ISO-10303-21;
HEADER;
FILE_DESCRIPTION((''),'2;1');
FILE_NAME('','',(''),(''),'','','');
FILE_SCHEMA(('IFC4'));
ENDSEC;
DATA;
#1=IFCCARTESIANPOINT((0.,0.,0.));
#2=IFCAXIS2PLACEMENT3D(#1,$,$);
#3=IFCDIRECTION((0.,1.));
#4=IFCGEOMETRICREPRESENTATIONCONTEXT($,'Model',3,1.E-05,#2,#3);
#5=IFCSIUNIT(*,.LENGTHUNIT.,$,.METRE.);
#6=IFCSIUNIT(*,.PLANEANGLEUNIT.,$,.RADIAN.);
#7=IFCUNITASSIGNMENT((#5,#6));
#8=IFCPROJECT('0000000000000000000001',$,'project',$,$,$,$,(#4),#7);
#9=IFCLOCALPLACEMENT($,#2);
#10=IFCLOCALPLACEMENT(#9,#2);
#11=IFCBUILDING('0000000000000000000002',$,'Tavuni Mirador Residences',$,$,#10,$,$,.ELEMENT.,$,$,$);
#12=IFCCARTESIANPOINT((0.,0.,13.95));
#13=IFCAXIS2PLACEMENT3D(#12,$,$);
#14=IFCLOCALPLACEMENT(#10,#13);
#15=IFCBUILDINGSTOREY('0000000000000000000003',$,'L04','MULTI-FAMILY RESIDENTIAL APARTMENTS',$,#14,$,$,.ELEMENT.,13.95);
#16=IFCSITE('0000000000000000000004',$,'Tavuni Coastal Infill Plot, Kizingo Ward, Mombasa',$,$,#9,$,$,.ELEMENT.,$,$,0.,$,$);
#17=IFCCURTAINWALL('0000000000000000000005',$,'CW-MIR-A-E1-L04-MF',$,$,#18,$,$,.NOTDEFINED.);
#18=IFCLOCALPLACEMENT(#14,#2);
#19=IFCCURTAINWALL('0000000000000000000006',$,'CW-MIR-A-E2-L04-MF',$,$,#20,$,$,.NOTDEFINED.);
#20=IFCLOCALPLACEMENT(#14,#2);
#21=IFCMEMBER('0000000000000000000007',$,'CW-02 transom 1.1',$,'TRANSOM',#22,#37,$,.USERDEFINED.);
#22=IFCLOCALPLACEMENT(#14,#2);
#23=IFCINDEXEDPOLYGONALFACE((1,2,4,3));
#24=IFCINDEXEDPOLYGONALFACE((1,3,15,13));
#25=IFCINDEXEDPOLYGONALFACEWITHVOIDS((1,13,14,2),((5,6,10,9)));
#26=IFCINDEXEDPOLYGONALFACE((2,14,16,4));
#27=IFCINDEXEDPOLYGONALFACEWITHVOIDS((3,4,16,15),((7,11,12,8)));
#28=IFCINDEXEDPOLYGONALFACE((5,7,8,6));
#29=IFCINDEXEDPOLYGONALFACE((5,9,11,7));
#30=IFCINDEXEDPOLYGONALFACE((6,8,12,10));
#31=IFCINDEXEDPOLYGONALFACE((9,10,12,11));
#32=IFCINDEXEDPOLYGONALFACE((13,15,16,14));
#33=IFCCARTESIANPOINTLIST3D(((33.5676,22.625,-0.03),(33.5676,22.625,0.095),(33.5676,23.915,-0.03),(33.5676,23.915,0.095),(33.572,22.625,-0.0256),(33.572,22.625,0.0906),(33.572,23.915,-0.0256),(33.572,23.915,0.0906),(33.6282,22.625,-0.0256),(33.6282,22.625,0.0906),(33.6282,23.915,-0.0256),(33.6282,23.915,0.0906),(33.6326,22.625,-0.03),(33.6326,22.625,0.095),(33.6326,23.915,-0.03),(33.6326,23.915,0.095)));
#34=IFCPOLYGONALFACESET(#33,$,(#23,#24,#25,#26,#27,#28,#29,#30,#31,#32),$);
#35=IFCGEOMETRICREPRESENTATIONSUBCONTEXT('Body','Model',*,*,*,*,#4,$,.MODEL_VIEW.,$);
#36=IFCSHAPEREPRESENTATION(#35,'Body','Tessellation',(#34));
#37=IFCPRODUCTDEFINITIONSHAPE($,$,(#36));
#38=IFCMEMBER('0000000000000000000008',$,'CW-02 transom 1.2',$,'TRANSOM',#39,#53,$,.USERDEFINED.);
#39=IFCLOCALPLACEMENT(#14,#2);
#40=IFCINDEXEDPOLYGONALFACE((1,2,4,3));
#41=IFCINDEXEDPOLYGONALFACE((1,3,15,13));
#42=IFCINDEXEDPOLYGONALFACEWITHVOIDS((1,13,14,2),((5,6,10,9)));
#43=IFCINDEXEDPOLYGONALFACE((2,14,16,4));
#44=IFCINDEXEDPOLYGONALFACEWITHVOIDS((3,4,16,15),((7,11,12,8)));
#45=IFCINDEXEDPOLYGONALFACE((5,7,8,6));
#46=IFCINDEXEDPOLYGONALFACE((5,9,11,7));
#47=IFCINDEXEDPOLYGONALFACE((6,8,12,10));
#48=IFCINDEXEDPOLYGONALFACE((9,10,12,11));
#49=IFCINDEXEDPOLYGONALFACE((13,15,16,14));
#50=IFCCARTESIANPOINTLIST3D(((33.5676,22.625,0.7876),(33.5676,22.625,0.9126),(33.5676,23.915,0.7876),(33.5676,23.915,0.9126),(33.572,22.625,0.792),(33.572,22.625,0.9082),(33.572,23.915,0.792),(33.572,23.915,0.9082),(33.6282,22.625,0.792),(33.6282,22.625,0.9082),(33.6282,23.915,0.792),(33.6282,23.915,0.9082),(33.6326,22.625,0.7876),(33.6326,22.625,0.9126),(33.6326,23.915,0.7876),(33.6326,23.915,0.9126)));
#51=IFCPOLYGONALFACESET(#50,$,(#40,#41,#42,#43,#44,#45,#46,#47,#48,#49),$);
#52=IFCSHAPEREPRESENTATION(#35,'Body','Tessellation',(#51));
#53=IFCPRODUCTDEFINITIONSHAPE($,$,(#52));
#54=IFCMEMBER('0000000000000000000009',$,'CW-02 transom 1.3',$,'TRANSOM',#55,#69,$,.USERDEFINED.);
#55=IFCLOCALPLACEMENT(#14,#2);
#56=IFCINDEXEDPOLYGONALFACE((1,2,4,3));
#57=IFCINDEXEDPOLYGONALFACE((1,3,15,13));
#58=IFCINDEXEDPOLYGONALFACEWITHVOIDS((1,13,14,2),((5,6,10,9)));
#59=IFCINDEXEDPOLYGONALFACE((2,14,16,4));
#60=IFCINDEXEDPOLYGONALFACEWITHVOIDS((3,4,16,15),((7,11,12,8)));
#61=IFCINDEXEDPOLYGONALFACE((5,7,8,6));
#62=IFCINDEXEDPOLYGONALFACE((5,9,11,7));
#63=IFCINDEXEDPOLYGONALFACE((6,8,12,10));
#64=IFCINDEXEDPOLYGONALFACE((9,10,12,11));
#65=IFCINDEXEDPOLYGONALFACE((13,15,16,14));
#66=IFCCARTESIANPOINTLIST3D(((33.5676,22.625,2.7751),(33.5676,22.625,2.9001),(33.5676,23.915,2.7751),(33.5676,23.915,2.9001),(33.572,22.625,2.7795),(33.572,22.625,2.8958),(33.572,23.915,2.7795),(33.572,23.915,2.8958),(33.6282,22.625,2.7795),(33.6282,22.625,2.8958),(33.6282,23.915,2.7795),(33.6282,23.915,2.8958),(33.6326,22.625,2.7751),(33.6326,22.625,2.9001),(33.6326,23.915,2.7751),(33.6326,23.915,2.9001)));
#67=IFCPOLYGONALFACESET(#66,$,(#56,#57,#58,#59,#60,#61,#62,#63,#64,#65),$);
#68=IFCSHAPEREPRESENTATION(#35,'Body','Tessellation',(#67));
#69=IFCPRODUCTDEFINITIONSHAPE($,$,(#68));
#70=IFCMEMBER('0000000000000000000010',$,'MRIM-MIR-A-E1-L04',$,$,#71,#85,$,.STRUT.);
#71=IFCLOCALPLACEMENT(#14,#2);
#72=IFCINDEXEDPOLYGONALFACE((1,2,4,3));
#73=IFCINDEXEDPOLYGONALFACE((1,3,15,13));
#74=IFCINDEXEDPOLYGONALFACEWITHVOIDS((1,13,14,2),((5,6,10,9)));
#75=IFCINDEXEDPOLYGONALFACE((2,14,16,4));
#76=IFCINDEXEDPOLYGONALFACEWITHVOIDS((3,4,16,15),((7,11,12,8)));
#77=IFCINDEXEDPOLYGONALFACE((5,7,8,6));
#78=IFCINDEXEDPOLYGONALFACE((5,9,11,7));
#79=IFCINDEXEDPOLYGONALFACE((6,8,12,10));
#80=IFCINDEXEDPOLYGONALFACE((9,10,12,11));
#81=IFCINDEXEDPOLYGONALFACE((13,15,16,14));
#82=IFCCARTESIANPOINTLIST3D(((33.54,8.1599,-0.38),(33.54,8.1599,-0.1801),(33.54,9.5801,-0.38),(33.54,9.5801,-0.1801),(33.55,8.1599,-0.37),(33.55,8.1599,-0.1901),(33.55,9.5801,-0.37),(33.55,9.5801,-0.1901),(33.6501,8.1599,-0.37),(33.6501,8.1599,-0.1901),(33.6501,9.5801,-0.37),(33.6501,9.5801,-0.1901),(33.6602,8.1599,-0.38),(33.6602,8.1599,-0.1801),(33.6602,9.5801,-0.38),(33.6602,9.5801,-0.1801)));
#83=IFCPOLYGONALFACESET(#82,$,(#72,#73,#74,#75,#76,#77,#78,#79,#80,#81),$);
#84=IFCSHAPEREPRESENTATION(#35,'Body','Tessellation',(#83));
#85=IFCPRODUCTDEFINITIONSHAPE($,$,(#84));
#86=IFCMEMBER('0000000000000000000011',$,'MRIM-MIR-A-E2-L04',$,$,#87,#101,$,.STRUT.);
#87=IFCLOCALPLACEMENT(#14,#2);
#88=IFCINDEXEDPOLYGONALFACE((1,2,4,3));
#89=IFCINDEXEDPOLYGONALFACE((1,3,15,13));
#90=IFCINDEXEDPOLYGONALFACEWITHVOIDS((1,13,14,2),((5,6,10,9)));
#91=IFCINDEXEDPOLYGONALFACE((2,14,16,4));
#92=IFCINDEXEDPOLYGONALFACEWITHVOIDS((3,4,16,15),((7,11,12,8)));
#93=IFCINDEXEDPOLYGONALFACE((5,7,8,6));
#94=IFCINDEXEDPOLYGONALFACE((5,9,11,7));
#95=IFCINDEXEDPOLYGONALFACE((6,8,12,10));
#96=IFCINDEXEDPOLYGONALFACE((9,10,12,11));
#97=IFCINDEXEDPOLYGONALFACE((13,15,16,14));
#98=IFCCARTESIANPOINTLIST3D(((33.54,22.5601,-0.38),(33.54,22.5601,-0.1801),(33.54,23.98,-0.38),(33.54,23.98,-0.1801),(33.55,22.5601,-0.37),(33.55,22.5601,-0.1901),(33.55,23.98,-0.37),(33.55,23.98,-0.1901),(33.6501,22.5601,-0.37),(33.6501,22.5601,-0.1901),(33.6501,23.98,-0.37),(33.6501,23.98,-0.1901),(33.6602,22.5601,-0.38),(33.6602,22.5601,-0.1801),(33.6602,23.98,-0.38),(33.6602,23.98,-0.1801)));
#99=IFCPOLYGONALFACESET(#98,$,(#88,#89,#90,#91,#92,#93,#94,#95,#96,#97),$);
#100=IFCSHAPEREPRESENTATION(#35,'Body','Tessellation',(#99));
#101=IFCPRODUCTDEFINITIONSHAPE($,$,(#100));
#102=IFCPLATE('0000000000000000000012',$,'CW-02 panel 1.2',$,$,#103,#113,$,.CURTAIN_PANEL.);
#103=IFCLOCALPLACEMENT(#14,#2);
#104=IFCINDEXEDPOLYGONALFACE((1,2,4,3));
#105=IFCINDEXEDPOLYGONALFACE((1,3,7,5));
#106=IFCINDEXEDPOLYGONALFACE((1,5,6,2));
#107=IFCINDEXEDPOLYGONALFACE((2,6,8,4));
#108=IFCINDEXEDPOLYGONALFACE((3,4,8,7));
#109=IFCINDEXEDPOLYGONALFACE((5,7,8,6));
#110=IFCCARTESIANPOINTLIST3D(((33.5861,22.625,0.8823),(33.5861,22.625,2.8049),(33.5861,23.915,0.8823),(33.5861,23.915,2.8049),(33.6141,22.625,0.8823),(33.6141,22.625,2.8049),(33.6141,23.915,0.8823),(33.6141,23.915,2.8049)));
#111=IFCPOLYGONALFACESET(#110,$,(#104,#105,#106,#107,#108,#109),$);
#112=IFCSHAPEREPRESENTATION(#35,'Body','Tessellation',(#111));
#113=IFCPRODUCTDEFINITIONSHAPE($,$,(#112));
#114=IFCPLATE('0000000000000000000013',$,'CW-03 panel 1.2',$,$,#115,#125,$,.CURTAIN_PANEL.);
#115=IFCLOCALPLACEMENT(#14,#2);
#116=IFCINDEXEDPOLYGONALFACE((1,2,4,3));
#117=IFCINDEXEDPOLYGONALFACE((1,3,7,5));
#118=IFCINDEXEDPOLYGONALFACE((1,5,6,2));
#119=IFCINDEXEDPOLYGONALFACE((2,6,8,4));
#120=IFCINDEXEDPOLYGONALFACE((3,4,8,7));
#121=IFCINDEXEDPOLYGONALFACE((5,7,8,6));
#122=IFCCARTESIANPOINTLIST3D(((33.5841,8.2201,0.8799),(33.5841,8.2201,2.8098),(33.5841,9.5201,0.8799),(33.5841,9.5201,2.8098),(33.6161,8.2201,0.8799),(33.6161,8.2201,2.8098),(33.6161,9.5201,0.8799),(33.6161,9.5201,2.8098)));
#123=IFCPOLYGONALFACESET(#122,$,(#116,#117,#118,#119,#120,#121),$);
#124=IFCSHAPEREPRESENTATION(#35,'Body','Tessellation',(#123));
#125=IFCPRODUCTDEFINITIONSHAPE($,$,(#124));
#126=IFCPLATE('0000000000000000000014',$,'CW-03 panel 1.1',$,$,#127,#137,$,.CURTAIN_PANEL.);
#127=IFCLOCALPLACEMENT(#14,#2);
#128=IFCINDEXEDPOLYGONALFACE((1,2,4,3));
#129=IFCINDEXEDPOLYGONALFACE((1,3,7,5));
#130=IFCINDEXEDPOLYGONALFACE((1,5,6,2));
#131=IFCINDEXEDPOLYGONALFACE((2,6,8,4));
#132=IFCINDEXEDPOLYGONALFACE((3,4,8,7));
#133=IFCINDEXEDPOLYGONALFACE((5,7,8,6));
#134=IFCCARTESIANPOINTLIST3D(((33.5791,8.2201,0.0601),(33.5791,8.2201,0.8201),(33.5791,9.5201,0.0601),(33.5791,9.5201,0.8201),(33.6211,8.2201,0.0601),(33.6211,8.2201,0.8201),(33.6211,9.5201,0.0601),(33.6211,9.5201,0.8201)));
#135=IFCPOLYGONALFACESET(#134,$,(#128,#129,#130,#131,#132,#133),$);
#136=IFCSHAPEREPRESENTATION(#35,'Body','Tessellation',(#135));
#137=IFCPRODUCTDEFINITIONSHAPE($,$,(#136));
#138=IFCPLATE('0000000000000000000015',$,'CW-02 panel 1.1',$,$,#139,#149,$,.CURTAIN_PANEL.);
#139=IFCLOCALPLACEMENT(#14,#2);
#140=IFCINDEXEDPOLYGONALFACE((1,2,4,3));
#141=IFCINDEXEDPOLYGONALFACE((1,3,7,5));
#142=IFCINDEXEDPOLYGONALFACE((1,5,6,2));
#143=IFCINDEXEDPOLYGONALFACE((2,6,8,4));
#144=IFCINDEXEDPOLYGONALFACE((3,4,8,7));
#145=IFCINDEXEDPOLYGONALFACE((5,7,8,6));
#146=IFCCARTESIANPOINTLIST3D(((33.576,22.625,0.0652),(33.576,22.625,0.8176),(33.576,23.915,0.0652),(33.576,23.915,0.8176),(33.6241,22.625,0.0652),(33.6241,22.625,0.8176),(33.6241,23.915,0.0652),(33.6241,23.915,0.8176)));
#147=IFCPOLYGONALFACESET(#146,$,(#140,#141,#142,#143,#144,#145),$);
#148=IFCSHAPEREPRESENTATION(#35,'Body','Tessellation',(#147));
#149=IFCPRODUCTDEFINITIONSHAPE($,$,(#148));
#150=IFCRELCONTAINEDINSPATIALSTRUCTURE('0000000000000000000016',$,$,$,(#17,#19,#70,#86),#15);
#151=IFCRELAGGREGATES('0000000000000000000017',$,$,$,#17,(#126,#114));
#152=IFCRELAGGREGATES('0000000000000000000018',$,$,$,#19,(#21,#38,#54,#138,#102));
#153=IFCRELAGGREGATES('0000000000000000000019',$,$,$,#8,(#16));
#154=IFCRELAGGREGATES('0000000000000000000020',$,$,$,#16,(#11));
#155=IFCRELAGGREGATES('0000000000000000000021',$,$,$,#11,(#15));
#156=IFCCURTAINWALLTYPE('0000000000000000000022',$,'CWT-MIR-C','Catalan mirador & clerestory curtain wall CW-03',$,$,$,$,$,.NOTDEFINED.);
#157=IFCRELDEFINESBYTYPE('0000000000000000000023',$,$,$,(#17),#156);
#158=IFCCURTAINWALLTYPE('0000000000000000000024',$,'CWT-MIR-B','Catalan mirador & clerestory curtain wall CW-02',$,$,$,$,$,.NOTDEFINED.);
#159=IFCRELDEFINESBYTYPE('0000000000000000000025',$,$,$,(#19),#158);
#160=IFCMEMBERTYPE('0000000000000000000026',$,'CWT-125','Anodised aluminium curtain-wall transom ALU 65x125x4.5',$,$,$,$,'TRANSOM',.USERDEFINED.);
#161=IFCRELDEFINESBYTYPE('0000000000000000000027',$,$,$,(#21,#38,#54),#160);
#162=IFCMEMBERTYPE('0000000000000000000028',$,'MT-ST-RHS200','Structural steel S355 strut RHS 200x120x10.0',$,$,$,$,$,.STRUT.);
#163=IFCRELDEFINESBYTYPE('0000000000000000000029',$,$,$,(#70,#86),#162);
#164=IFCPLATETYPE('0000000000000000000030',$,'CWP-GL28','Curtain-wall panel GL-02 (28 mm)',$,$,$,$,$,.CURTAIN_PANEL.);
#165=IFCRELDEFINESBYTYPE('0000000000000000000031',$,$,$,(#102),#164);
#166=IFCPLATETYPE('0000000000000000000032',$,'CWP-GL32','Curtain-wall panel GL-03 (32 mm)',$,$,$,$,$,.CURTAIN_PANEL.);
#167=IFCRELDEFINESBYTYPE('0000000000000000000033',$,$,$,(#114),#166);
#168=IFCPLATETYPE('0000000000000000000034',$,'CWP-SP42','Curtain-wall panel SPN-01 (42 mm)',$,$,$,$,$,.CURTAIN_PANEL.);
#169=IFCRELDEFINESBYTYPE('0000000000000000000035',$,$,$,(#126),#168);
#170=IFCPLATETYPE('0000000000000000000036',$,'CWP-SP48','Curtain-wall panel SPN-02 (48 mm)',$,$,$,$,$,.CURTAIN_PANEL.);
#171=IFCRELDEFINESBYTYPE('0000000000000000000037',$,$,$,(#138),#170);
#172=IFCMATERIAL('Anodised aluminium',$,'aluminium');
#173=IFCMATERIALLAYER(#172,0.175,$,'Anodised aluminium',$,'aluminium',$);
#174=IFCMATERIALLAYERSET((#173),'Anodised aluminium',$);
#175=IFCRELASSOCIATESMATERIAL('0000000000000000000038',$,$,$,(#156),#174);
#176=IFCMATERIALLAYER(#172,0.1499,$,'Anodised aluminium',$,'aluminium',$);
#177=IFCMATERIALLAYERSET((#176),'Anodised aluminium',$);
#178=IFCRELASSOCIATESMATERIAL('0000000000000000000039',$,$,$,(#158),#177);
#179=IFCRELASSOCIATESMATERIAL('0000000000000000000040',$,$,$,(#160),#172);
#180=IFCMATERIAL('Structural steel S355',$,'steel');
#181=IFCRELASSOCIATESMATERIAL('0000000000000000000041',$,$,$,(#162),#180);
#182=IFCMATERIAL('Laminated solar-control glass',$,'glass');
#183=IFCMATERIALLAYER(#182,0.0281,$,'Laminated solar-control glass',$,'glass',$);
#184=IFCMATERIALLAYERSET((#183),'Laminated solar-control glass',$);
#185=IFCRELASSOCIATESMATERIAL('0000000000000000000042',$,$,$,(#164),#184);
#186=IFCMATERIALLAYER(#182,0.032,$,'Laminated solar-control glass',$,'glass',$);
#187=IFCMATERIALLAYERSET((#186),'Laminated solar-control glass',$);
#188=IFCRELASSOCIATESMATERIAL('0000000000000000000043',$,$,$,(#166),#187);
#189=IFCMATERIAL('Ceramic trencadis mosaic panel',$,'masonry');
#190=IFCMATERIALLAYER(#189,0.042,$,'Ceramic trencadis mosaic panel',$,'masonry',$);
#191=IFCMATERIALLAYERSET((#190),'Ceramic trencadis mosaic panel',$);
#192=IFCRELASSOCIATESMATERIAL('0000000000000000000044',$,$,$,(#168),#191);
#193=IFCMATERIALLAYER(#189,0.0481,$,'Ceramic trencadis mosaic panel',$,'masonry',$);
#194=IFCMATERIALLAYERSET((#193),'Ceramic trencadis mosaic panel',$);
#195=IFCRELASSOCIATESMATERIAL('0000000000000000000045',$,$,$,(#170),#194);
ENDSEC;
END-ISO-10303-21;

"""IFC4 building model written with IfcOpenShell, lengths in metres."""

from ifc_helpers import new_model, si_unit, direction, frame, origin, origin_2d, place, context, subcontext, project, spatial, rectangle, hollow_rectangle, extrude, material, layer, layer_set, material_profile, profile_set, type_object, element, aggregate, save


model = new_model("IFC4")

# Units and contexts
model_context = context("Model", 3, precision=1e-05, world=origin(), true_north=direction((0.0, 1.0)))
body_context = subcontext(model_context, "Body", "Model", "MODEL_VIEW")
ifc_project = project(units=[si_unit("LENGTHUNIT", "METRE"), si_unit("PLANEANGLEUNIT", "RADIAN")], contexts=[model_context])

# Site, building, storey
site_placement = place(None, origin())
site = spatial("IfcSite", under=ifc_project, at=site_placement, Name="Tavuni Coastal Infill Plot, Kizingo Ward, Mombasa", CompositionType="ELEMENT", RefElevation=0.0)
building_placement = place(site_placement, origin())
building = spatial("IfcBuilding", under=site, at=building_placement, Name="Tavuni Mirador Residences", CompositionType="ELEMENT")
storey_placement = place(building_placement, frame((0.0, 0.0, 13.95)))
storey = spatial("IfcBuildingStorey", under=building, at=storey_placement, Name="L04", Description="MULTI-FAMILY RESIDENTIAL APARTMENTS", CompositionType="ELEMENT", Elevation=13.95)

# Curtain wall
ifc_material_1 = material(Name="Anodised aluminium", Category="aluminium")
ifc_layer_1 = layer(ifc_material_1, 0.175, Name="Anodised aluminium", Category="aluminium")
ifc_layer_set_1 = layer_set([ifc_layer_1], Name="Anodised aluminium")
curtain_wall_type_1 = type_object("IfcCurtainWallType", Name="CWT-MIR-C", Description="Catalan mirador & clerestory curtain wall CW-03", PredefinedType="NOTDEFINED", material=ifc_layer_set_1)
curtain_wall_1_placement = place(storey_placement, origin())
curtain_wall_1 = element("IfcCurtainWall", 1, at=curtain_wall_1_placement, inside=storey, type_object=curtain_wall_type_1, Name="CW-MIR-A-E1-L04-MF", PredefinedType="NOTDEFINED")

# Curtain wall
ifc_layer_2 = layer(ifc_material_1, 0.1499, Name="Anodised aluminium", Category="aluminium")
ifc_layer_set_2 = layer_set([ifc_layer_2], Name="Anodised aluminium")
curtain_wall_type_2 = type_object("IfcCurtainWallType", Name="CWT-MIR-B", Description="Catalan mirador & clerestory curtain wall CW-02", PredefinedType="NOTDEFINED", material=ifc_layer_set_2)
curtain_wall_2_placement = place(storey_placement, origin())
curtain_wall_2 = element("IfcCurtainWall", 2, at=curtain_wall_2_placement, inside=storey, type_object=curtain_wall_type_2, Name="CW-MIR-A-E2-L04-MF", PredefinedType="NOTDEFINED")

# Members
ifc_material_profile_1 = material_profile(ifc_material_1, hollow_rectangle(XDim=0.0649, YDim=0.125, WallThickness=0.0044, at=origin_2d()), Name="ALU 65x125x4.5", Category="aluminium")
ifc_profile_set_1 = profile_set([ifc_material_profile_1], Name="Anodised aluminium")
member_type_1 = type_object("IfcMemberType", Name="CWT-125", Description="Anodised aluminium curtain-wall transom ALU 65x125x4.5", ElementType="TRANSOM", PredefinedType="USERDEFINED", material=ifc_profile_set_1)
member_1_placement = place(storey_placement, frame((33.6001, 22.625, 0.0325), z_axis=(0.0, 1.0, 0.0), x_axis=(-1.0, 0.0, 0.0)))
member_1 = element("IfcMember", 3, at=member_1_placement, type_object=member_type_1, Name="CW-02 transom 1.1", ObjectType="TRANSOM", PredefinedType="USERDEFINED", context=body_context, shape_type="SweptSolid", body=[
    extrude(hollow_rectangle(XDim=0.0649, YDim=0.125, WallThickness=0.0044, at=origin_2d()), origin(), (0.0, 0.0, 1.0), 1.29),
])
member_2_placement = place(storey_placement, frame((33.6001, 22.625, 0.8501), z_axis=(0.0, 1.0, 0.0), x_axis=(-1.0, 0.0, 0.0)))
member_2 = element("IfcMember", 4, at=member_2_placement, type_object=member_type_1, Name="CW-02 transom 1.2", ObjectType="TRANSOM", PredefinedType="USERDEFINED", context=body_context, shape_type="SweptSolid", body=[
    extrude(hollow_rectangle(XDim=0.0649, YDim=0.125, WallThickness=0.0044, at=origin_2d()), origin(), (0.0, 0.0, 1.0), 1.29),
])
member_3_placement = place(storey_placement, frame((33.6001, 22.625, 2.8376), z_axis=(0.0, 1.0, 0.0), x_axis=(-1.0, 0.0, 0.0)))
member_3 = element("IfcMember", 5, at=member_3_placement, type_object=member_type_1, Name="CW-02 transom 1.3", ObjectType="TRANSOM", PredefinedType="USERDEFINED", context=body_context, shape_type="SweptSolid", body=[
    extrude(hollow_rectangle(XDim=0.0649, YDim=0.125, WallThickness=0.0044, at=origin_2d()), origin(), (0.0, 0.0, 1.0), 1.29),
])

# Members
ifc_material_2 = material(Name="Structural steel S355", Category="steel")
ifc_material_profile_2 = material_profile(ifc_material_2, hollow_rectangle(XDim=0.1201, YDim=0.2, WallThickness=0.01, at=origin_2d()), Name="RHS 200x120x10.0", Category="steel")
ifc_profile_set_2 = profile_set([ifc_material_profile_2], Name="Structural steel S355")
member_type_2 = type_object("IfcMemberType", Name="MT-ST-RHS200", Description="Structural steel S355 strut RHS 200x120x10.0", PredefinedType="STRUT", material=ifc_profile_set_2)
member_4_placement = place(storey_placement, frame((33.6001, 8.1599, -0.28), z_axis=(0.0, 1.0, 0.0), x_axis=(-1.0, 0.0, 0.0)))
element("IfcMember", 6, at=member_4_placement, inside=storey, type_object=member_type_2, Name="MRIM-MIR-A-E1-L04", PredefinedType="STRUT", context=body_context, shape_type="SweptSolid", body=[
    extrude(hollow_rectangle(XDim=0.1201, YDim=0.2, WallThickness=0.01, at=origin_2d()), origin(), (0.0, 0.0, 1.0), 1.4202),
])
member_5_placement = place(storey_placement, frame((33.6001, 22.5601, -0.28), z_axis=(0.0, 1.0, 0.0), x_axis=(-1.0, 0.0, 0.0)))
element("IfcMember", 7, at=member_5_placement, inside=storey, type_object=member_type_2, Name="MRIM-MIR-A-E2-L04", PredefinedType="STRUT", context=body_context, shape_type="SweptSolid", body=[
    extrude(hollow_rectangle(XDim=0.1201, YDim=0.2, WallThickness=0.01, at=origin_2d()), origin(), (0.0, 0.0, 1.0), 1.4199),
])

# Plates
ifc_material_3 = material(Name="Laminated solar-control glass", Category="glass")
ifc_layer_3 = layer(ifc_material_3, 0.0281, Name="Laminated solar-control glass", Category="glass")
ifc_layer_set_3 = layer_set([ifc_layer_3], Name="Laminated solar-control glass")
plate_type_1 = type_object("IfcPlateType", Name="CWP-GL28", Description="Curtain-wall panel GL-02 (28 mm)", PredefinedType="CURTAIN_PANEL", material=ifc_layer_set_3)
plate_1_placement = place(storey_placement, frame((33.6001, 23.27, 0.8823), z_axis=(0.0, 0.0, 1.0), x_axis=(0.0, 1.0, 0.0)))
plate_1 = element("IfcPlate", 8, at=plate_1_placement, type_object=plate_type_1, Name="CW-02 panel 1.2", PredefinedType="CURTAIN_PANEL", context=body_context, shape_type="SweptSolid", body=[
    extrude(rectangle(XDim=1.29, YDim=0.0281, at=origin_2d()), origin(), (0.0, 0.0, 1.0), 1.9226),
])
ifc_layer_4 = layer(ifc_material_3, 0.032, Name="Laminated solar-control glass", Category="glass")
ifc_layer_set_4 = layer_set([ifc_layer_4], Name="Laminated solar-control glass")
plate_type_2 = type_object("IfcPlateType", Name="CWP-GL32", Description="Curtain-wall panel GL-03 (32 mm)", PredefinedType="CURTAIN_PANEL", material=ifc_layer_set_4)
plate_2_placement = place(storey_placement, frame((33.6001, 8.8701, 0.8799), z_axis=(0.0, 0.0, 1.0), x_axis=(0.0, 1.0, 0.0)))
plate_2 = element("IfcPlate", 9, at=plate_2_placement, type_object=plate_type_2, Name="CW-03 panel 1.2", PredefinedType="CURTAIN_PANEL", context=body_context, shape_type="SweptSolid", body=[
    extrude(rectangle(XDim=1.3, YDim=0.032, at=origin_2d()), origin(), (0.0, 0.0, 1.0), 1.9299),
])
ifc_material_4 = material(Name="Ceramic trencadis mosaic panel", Category="masonry")
ifc_layer_5 = layer(ifc_material_4, 0.042, Name="Ceramic trencadis mosaic panel", Category="masonry")
ifc_layer_set_5 = layer_set([ifc_layer_5], Name="Ceramic trencadis mosaic panel")
plate_type_3 = type_object("IfcPlateType", Name="CWP-SP42", Description="Curtain-wall panel SPN-01 (42 mm)", PredefinedType="CURTAIN_PANEL", material=ifc_layer_set_5)
plate_3_placement = place(storey_placement, frame((33.6001, 8.8701, 0.0601), z_axis=(0.0, 0.0, 1.0), x_axis=(0.0, 1.0, 0.0)))
plate_3 = element("IfcPlate", 10, at=plate_3_placement, type_object=plate_type_3, Name="CW-03 panel 1.1", PredefinedType="CURTAIN_PANEL", context=body_context, shape_type="SweptSolid", body=[
    extrude(rectangle(XDim=1.3, YDim=0.042, at=origin_2d()), origin(), (0.0, 0.0, 1.0), 0.76),
])
aggregate(curtain_wall_1, [plate_3, plate_2])
ifc_layer_6 = layer(ifc_material_4, 0.0481, Name="Ceramic trencadis mosaic panel", Category="masonry")
ifc_layer_set_6 = layer_set([ifc_layer_6], Name="Ceramic trencadis mosaic panel")
plate_type_4 = type_object("IfcPlateType", Name="CWP-SP48", Description="Curtain-wall panel SPN-02 (48 mm)", PredefinedType="CURTAIN_PANEL", material=ifc_layer_set_6)
plate_4_placement = place(storey_placement, frame((33.6001, 23.27, 0.0652), z_axis=(0.0, 0.0, 1.0), x_axis=(0.0, 1.0, 0.0)))
plate_4 = element("IfcPlate", 11, at=plate_4_placement, type_object=plate_type_4, Name="CW-02 panel 1.1", PredefinedType="CURTAIN_PANEL", context=body_context, shape_type="SweptSolid", body=[
    extrude(rectangle(XDim=1.29, YDim=0.0481, at=origin_2d()), origin(), (0.0, 0.0, 1.0), 0.7524),
])
aggregate(curtain_wall_2, [member_1, member_2, member_3, plate_4, plate_1])

save(model, "model.ifc")
